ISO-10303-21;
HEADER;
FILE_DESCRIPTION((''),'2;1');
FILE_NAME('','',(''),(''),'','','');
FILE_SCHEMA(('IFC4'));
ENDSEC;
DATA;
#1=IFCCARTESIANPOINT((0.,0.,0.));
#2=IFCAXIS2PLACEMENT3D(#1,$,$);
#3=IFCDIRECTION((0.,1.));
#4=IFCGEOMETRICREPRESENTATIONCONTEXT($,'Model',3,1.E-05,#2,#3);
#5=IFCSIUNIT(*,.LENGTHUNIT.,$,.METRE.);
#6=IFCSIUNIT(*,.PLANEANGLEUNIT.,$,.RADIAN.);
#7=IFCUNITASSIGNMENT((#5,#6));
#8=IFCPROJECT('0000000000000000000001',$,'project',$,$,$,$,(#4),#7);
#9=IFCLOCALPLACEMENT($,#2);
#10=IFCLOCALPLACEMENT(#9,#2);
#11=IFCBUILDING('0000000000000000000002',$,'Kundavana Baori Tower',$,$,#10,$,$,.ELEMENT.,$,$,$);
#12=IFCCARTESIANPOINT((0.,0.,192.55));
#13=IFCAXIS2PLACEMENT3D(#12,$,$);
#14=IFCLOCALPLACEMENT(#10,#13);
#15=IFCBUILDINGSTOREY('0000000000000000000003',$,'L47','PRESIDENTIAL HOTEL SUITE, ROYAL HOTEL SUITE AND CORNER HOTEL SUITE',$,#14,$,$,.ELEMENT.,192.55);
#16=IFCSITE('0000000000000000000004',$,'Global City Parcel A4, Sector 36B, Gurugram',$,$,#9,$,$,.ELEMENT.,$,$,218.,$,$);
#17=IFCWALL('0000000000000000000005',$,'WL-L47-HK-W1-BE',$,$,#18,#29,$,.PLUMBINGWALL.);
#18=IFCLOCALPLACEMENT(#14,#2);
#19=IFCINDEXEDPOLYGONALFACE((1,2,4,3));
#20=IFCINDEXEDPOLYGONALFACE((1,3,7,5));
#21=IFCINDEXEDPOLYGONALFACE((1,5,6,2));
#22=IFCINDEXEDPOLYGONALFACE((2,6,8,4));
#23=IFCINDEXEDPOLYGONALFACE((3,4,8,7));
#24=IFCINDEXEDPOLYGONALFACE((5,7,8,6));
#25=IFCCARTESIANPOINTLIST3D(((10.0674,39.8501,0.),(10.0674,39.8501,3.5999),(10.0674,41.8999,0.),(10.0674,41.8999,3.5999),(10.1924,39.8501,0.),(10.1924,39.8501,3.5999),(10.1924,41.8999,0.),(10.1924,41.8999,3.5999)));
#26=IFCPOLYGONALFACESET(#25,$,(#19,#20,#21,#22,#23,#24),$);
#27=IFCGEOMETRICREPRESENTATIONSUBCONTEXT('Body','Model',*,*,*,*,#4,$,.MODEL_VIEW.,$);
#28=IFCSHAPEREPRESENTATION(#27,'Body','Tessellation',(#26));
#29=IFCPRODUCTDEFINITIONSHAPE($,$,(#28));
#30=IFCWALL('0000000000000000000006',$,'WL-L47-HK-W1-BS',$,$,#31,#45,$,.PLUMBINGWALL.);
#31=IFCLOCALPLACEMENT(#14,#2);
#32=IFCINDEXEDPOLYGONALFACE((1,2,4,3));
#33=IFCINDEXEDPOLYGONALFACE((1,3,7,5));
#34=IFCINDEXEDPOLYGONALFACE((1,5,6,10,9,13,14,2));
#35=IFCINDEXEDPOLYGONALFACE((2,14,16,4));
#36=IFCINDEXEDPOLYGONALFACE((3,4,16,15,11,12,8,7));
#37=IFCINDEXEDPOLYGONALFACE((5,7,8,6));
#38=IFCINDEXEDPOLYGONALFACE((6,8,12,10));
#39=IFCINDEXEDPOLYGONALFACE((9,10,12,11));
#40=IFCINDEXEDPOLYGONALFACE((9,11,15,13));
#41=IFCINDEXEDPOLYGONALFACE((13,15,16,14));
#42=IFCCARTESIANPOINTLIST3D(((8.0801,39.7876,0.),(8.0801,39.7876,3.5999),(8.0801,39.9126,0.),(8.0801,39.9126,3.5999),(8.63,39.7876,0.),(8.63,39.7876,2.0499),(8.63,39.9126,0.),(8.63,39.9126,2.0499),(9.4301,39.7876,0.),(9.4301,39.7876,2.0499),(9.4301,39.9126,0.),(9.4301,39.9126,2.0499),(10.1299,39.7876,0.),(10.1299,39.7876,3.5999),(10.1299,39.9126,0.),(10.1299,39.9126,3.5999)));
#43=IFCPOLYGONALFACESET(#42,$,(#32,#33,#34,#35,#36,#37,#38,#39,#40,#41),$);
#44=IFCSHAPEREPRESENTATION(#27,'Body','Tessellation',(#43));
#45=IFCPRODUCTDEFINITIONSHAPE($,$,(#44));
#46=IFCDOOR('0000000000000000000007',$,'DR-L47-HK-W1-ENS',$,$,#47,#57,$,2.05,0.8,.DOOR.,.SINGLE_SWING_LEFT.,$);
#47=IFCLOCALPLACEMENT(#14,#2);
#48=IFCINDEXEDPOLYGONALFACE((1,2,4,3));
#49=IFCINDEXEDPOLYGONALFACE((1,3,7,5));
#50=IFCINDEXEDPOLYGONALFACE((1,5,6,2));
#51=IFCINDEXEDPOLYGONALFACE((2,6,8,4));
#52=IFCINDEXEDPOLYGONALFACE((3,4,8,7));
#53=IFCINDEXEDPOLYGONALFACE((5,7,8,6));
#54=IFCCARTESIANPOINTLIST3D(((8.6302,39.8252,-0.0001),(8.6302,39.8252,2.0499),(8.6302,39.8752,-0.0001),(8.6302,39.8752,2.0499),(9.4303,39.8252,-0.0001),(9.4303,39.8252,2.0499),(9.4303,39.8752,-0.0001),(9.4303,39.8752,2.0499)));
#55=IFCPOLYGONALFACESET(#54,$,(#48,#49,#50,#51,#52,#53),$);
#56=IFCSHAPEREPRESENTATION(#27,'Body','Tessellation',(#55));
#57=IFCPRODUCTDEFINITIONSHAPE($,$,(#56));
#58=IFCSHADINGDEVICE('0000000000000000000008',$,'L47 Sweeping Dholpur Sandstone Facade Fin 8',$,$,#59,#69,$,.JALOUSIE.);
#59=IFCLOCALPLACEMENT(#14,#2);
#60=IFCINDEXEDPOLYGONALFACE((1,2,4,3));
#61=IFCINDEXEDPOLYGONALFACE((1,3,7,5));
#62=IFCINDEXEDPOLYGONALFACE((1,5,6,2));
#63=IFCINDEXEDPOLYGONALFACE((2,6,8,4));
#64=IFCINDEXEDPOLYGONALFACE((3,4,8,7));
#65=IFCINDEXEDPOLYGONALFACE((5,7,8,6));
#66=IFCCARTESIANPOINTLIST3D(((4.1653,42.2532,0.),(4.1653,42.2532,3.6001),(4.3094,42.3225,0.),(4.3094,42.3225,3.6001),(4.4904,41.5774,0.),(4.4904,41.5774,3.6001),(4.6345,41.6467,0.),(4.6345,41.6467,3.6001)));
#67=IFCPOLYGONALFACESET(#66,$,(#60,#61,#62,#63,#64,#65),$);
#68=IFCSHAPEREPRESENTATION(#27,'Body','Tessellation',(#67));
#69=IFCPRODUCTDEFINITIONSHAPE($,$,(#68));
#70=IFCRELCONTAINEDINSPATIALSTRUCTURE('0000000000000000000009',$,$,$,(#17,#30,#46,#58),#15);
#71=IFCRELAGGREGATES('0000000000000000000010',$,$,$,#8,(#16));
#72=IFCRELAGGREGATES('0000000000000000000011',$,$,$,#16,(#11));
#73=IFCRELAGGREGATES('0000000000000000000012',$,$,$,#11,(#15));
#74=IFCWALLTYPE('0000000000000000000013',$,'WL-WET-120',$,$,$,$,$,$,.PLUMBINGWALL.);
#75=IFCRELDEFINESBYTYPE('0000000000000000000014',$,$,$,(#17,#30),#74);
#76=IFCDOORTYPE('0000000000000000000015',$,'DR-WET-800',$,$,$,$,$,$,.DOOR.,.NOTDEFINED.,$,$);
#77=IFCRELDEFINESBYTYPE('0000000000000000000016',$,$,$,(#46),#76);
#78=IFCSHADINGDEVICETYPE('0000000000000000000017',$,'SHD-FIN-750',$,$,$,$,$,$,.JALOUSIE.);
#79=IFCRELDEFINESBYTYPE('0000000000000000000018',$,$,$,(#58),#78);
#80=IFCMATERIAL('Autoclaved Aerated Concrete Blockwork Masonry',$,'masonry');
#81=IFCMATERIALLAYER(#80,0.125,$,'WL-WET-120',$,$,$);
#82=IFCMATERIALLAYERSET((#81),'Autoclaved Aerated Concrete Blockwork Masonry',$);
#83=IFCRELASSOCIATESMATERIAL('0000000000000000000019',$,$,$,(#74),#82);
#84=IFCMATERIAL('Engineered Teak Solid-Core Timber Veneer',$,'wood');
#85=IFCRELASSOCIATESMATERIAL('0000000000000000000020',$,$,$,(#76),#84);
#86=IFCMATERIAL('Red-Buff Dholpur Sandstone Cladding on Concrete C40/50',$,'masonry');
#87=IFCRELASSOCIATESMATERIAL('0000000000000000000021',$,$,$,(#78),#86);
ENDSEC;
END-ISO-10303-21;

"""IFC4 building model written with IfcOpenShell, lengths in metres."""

from ifc_helpers import new_model, si_unit, direction, frame, frame_2d, origin, origin_2d, place, context, subcontext, project, spatial, rectangle, extrude, material, layer, layer_set, type_object, element, fill, save


model = new_model("IFC4")

# Units and contexts
model_context = context("Model", 3, precision=1e-05, world=origin(), true_north=direction((0.0, 1.0)))
body_context = subcontext(model_context, "Body", "Model", "MODEL_VIEW")
ifc_project = project(units=[si_unit("LENGTHUNIT", "METRE"), si_unit("PLANEANGLEUNIT", "RADIAN")], contexts=[model_context])

# Site, building, storey
site_placement = place(None, origin())
site = spatial("IfcSite", under=ifc_project, at=site_placement, Name="Global City Parcel A4, Sector 36B, Gurugram", CompositionType="ELEMENT", RefElevation=218.0)
building_placement = place(site_placement, origin())
building = spatial("IfcBuilding", under=site, at=building_placement, Name="Kundavana Baori Tower", CompositionType="ELEMENT")
storey_placement = place(building_placement, frame((0.0, 0.0, 192.55)))
storey = spatial("IfcBuildingStorey", under=building, at=storey_placement, Name="L47", Description="PRESIDENTIAL HOTEL SUITE, ROYAL HOTEL SUITE AND CORNER HOTEL SUITE", CompositionType="ELEMENT", Elevation=192.55)

# Wall
ifc_material_1 = material(Name="Autoclaved Aerated Concrete Blockwork Masonry", Category="masonry")
ifc_layer_1 = layer(ifc_material_1, 0.125, Name="WL-WET-120")
ifc_layer_set_1 = layer_set([ifc_layer_1], Name="Autoclaved Aerated Concrete Blockwork Masonry")
wall_type_1 = type_object("IfcWallType", Name="WL-WET-120", PredefinedType="PLUMBINGWALL", material=ifc_layer_set_1)
wall_1_placement = place(storey_placement, frame((10.1299, 39.8501, 0.0), z_axis=(0.0, 0.0, 1.0), x_axis=(0.0, 1.0, 0.0)))
element("IfcWall", 1, at=wall_1_placement, inside=storey, type_object=wall_type_1, Name="WL-L47-HK-W1-BE", PredefinedType="PLUMBINGWALL", context=body_context, shape_type="SweptSolid", body=[
    extrude(rectangle(XDim=2.0498, YDim=0.125, at=frame_2d((1.0249, 0.0))), origin(), (0.0, 0.0, 1.0), 3.5999),
])

# Wall, opening, door
wall_2_placement = place(storey_placement, frame((8.0801, 39.8501, 0.0), z_axis=(0.0, 0.0, 1.0), x_axis=(1.0, 0.0, 0.0)))
wall_2 = element("IfcWall", 2, at=wall_2_placement, inside=storey, type_object=wall_type_1, Name="WL-L47-HK-W1-BS", PredefinedType="PLUMBINGWALL", context=body_context, shape_type="SweptSolid", body=[
    extrude(rectangle(XDim=2.0498, YDim=0.125, at=frame_2d((1.0249, 0.0))), origin(), (0.0, 0.0, 1.0), 3.5999),
])
opening_1_placement = place(wall_2_placement, frame((0.55, 0.0, 0.0)))
opening_1 = element("IfcOpeningElement", 3, at=opening_1_placement, cuts=wall_2, PredefinedType="OPENING", context=body_context, shape_type="SweptSolid", body=[
    extrude(rectangle(XDim=0.8, YDim=2.05, at=frame_2d((0.3999, 1.0249))), frame((0.0, 0.0725, 0.0), z_axis=(0.0, -1.0, 0.0), x_axis=(1.0, 0.0, 0.0)), (0.0, 0.0, 1.0), 0.145),
])
ifc_material_2 = material(Name="Engineered Teak Solid-Core Timber Veneer", Category="wood")
door_type_1 = type_object("IfcDoorType", Name="DR-WET-800", OperationType="NOTDEFINED", PredefinedType="DOOR", material=ifc_material_2)
door_1_placement = place(opening_1_placement, frame((0.8, 0.0, 0.0), z_axis=(0.0, 0.0, 1.0), x_axis=(-1.0, 0.0, 0.0)))
door_1 = element("IfcDoor", 4, at=door_1_placement, inside=storey, type_object=door_type_1, Name="DR-L47-HK-W1-ENS", OperationType="SINGLE_SWING_LEFT", OverallHeight=2.05, OverallWidth=0.8, PredefinedType="DOOR", context=body_context, shape_type="SweptSolid", body=[
    extrude(rectangle(XDim=0.8, YDim=2.05, at=frame_2d((0.3999, 1.0249))), frame((0.0, 0.0249, 0.0), z_axis=(0.0, -1.0, 0.0), x_axis=(1.0, 0.0, 0.0)), (0.0, 0.0, 1.0), 0.05),
])
fill(opening_1, door_1)

# Shading device
ifc_material_3 = material(Name="Red-Buff Dholpur Sandstone Cladding on Concrete C40/50", Category="masonry")
shading_device_type = type_object("IfcShadingDeviceType", Name="SHD-FIN-750", PredefinedType="JALOUSIE", material=ifc_material_3)
shading_device_placement = place(storey_placement, frame((4.3999, 41.95, 0.0), z_axis=(0.0, 0.0, 1.0), x_axis=(0.901153, 0.433502, 0.0)))
element("IfcShadingDevice", 5, at=shading_device_placement, inside=storey, type_object=shading_device_type, Name="L47 Sweeping Dholpur Sandstone Facade Fin 8", PredefinedType="JALOUSIE", context=body_context, shape_type="SweptSolid", body=[
    extrude(rectangle(XDim=0.1599, YDim=0.75, at=origin_2d()), origin(), (0.0, 0.0, 1.0), 3.6001),
])

save(model, "model.ifc")
